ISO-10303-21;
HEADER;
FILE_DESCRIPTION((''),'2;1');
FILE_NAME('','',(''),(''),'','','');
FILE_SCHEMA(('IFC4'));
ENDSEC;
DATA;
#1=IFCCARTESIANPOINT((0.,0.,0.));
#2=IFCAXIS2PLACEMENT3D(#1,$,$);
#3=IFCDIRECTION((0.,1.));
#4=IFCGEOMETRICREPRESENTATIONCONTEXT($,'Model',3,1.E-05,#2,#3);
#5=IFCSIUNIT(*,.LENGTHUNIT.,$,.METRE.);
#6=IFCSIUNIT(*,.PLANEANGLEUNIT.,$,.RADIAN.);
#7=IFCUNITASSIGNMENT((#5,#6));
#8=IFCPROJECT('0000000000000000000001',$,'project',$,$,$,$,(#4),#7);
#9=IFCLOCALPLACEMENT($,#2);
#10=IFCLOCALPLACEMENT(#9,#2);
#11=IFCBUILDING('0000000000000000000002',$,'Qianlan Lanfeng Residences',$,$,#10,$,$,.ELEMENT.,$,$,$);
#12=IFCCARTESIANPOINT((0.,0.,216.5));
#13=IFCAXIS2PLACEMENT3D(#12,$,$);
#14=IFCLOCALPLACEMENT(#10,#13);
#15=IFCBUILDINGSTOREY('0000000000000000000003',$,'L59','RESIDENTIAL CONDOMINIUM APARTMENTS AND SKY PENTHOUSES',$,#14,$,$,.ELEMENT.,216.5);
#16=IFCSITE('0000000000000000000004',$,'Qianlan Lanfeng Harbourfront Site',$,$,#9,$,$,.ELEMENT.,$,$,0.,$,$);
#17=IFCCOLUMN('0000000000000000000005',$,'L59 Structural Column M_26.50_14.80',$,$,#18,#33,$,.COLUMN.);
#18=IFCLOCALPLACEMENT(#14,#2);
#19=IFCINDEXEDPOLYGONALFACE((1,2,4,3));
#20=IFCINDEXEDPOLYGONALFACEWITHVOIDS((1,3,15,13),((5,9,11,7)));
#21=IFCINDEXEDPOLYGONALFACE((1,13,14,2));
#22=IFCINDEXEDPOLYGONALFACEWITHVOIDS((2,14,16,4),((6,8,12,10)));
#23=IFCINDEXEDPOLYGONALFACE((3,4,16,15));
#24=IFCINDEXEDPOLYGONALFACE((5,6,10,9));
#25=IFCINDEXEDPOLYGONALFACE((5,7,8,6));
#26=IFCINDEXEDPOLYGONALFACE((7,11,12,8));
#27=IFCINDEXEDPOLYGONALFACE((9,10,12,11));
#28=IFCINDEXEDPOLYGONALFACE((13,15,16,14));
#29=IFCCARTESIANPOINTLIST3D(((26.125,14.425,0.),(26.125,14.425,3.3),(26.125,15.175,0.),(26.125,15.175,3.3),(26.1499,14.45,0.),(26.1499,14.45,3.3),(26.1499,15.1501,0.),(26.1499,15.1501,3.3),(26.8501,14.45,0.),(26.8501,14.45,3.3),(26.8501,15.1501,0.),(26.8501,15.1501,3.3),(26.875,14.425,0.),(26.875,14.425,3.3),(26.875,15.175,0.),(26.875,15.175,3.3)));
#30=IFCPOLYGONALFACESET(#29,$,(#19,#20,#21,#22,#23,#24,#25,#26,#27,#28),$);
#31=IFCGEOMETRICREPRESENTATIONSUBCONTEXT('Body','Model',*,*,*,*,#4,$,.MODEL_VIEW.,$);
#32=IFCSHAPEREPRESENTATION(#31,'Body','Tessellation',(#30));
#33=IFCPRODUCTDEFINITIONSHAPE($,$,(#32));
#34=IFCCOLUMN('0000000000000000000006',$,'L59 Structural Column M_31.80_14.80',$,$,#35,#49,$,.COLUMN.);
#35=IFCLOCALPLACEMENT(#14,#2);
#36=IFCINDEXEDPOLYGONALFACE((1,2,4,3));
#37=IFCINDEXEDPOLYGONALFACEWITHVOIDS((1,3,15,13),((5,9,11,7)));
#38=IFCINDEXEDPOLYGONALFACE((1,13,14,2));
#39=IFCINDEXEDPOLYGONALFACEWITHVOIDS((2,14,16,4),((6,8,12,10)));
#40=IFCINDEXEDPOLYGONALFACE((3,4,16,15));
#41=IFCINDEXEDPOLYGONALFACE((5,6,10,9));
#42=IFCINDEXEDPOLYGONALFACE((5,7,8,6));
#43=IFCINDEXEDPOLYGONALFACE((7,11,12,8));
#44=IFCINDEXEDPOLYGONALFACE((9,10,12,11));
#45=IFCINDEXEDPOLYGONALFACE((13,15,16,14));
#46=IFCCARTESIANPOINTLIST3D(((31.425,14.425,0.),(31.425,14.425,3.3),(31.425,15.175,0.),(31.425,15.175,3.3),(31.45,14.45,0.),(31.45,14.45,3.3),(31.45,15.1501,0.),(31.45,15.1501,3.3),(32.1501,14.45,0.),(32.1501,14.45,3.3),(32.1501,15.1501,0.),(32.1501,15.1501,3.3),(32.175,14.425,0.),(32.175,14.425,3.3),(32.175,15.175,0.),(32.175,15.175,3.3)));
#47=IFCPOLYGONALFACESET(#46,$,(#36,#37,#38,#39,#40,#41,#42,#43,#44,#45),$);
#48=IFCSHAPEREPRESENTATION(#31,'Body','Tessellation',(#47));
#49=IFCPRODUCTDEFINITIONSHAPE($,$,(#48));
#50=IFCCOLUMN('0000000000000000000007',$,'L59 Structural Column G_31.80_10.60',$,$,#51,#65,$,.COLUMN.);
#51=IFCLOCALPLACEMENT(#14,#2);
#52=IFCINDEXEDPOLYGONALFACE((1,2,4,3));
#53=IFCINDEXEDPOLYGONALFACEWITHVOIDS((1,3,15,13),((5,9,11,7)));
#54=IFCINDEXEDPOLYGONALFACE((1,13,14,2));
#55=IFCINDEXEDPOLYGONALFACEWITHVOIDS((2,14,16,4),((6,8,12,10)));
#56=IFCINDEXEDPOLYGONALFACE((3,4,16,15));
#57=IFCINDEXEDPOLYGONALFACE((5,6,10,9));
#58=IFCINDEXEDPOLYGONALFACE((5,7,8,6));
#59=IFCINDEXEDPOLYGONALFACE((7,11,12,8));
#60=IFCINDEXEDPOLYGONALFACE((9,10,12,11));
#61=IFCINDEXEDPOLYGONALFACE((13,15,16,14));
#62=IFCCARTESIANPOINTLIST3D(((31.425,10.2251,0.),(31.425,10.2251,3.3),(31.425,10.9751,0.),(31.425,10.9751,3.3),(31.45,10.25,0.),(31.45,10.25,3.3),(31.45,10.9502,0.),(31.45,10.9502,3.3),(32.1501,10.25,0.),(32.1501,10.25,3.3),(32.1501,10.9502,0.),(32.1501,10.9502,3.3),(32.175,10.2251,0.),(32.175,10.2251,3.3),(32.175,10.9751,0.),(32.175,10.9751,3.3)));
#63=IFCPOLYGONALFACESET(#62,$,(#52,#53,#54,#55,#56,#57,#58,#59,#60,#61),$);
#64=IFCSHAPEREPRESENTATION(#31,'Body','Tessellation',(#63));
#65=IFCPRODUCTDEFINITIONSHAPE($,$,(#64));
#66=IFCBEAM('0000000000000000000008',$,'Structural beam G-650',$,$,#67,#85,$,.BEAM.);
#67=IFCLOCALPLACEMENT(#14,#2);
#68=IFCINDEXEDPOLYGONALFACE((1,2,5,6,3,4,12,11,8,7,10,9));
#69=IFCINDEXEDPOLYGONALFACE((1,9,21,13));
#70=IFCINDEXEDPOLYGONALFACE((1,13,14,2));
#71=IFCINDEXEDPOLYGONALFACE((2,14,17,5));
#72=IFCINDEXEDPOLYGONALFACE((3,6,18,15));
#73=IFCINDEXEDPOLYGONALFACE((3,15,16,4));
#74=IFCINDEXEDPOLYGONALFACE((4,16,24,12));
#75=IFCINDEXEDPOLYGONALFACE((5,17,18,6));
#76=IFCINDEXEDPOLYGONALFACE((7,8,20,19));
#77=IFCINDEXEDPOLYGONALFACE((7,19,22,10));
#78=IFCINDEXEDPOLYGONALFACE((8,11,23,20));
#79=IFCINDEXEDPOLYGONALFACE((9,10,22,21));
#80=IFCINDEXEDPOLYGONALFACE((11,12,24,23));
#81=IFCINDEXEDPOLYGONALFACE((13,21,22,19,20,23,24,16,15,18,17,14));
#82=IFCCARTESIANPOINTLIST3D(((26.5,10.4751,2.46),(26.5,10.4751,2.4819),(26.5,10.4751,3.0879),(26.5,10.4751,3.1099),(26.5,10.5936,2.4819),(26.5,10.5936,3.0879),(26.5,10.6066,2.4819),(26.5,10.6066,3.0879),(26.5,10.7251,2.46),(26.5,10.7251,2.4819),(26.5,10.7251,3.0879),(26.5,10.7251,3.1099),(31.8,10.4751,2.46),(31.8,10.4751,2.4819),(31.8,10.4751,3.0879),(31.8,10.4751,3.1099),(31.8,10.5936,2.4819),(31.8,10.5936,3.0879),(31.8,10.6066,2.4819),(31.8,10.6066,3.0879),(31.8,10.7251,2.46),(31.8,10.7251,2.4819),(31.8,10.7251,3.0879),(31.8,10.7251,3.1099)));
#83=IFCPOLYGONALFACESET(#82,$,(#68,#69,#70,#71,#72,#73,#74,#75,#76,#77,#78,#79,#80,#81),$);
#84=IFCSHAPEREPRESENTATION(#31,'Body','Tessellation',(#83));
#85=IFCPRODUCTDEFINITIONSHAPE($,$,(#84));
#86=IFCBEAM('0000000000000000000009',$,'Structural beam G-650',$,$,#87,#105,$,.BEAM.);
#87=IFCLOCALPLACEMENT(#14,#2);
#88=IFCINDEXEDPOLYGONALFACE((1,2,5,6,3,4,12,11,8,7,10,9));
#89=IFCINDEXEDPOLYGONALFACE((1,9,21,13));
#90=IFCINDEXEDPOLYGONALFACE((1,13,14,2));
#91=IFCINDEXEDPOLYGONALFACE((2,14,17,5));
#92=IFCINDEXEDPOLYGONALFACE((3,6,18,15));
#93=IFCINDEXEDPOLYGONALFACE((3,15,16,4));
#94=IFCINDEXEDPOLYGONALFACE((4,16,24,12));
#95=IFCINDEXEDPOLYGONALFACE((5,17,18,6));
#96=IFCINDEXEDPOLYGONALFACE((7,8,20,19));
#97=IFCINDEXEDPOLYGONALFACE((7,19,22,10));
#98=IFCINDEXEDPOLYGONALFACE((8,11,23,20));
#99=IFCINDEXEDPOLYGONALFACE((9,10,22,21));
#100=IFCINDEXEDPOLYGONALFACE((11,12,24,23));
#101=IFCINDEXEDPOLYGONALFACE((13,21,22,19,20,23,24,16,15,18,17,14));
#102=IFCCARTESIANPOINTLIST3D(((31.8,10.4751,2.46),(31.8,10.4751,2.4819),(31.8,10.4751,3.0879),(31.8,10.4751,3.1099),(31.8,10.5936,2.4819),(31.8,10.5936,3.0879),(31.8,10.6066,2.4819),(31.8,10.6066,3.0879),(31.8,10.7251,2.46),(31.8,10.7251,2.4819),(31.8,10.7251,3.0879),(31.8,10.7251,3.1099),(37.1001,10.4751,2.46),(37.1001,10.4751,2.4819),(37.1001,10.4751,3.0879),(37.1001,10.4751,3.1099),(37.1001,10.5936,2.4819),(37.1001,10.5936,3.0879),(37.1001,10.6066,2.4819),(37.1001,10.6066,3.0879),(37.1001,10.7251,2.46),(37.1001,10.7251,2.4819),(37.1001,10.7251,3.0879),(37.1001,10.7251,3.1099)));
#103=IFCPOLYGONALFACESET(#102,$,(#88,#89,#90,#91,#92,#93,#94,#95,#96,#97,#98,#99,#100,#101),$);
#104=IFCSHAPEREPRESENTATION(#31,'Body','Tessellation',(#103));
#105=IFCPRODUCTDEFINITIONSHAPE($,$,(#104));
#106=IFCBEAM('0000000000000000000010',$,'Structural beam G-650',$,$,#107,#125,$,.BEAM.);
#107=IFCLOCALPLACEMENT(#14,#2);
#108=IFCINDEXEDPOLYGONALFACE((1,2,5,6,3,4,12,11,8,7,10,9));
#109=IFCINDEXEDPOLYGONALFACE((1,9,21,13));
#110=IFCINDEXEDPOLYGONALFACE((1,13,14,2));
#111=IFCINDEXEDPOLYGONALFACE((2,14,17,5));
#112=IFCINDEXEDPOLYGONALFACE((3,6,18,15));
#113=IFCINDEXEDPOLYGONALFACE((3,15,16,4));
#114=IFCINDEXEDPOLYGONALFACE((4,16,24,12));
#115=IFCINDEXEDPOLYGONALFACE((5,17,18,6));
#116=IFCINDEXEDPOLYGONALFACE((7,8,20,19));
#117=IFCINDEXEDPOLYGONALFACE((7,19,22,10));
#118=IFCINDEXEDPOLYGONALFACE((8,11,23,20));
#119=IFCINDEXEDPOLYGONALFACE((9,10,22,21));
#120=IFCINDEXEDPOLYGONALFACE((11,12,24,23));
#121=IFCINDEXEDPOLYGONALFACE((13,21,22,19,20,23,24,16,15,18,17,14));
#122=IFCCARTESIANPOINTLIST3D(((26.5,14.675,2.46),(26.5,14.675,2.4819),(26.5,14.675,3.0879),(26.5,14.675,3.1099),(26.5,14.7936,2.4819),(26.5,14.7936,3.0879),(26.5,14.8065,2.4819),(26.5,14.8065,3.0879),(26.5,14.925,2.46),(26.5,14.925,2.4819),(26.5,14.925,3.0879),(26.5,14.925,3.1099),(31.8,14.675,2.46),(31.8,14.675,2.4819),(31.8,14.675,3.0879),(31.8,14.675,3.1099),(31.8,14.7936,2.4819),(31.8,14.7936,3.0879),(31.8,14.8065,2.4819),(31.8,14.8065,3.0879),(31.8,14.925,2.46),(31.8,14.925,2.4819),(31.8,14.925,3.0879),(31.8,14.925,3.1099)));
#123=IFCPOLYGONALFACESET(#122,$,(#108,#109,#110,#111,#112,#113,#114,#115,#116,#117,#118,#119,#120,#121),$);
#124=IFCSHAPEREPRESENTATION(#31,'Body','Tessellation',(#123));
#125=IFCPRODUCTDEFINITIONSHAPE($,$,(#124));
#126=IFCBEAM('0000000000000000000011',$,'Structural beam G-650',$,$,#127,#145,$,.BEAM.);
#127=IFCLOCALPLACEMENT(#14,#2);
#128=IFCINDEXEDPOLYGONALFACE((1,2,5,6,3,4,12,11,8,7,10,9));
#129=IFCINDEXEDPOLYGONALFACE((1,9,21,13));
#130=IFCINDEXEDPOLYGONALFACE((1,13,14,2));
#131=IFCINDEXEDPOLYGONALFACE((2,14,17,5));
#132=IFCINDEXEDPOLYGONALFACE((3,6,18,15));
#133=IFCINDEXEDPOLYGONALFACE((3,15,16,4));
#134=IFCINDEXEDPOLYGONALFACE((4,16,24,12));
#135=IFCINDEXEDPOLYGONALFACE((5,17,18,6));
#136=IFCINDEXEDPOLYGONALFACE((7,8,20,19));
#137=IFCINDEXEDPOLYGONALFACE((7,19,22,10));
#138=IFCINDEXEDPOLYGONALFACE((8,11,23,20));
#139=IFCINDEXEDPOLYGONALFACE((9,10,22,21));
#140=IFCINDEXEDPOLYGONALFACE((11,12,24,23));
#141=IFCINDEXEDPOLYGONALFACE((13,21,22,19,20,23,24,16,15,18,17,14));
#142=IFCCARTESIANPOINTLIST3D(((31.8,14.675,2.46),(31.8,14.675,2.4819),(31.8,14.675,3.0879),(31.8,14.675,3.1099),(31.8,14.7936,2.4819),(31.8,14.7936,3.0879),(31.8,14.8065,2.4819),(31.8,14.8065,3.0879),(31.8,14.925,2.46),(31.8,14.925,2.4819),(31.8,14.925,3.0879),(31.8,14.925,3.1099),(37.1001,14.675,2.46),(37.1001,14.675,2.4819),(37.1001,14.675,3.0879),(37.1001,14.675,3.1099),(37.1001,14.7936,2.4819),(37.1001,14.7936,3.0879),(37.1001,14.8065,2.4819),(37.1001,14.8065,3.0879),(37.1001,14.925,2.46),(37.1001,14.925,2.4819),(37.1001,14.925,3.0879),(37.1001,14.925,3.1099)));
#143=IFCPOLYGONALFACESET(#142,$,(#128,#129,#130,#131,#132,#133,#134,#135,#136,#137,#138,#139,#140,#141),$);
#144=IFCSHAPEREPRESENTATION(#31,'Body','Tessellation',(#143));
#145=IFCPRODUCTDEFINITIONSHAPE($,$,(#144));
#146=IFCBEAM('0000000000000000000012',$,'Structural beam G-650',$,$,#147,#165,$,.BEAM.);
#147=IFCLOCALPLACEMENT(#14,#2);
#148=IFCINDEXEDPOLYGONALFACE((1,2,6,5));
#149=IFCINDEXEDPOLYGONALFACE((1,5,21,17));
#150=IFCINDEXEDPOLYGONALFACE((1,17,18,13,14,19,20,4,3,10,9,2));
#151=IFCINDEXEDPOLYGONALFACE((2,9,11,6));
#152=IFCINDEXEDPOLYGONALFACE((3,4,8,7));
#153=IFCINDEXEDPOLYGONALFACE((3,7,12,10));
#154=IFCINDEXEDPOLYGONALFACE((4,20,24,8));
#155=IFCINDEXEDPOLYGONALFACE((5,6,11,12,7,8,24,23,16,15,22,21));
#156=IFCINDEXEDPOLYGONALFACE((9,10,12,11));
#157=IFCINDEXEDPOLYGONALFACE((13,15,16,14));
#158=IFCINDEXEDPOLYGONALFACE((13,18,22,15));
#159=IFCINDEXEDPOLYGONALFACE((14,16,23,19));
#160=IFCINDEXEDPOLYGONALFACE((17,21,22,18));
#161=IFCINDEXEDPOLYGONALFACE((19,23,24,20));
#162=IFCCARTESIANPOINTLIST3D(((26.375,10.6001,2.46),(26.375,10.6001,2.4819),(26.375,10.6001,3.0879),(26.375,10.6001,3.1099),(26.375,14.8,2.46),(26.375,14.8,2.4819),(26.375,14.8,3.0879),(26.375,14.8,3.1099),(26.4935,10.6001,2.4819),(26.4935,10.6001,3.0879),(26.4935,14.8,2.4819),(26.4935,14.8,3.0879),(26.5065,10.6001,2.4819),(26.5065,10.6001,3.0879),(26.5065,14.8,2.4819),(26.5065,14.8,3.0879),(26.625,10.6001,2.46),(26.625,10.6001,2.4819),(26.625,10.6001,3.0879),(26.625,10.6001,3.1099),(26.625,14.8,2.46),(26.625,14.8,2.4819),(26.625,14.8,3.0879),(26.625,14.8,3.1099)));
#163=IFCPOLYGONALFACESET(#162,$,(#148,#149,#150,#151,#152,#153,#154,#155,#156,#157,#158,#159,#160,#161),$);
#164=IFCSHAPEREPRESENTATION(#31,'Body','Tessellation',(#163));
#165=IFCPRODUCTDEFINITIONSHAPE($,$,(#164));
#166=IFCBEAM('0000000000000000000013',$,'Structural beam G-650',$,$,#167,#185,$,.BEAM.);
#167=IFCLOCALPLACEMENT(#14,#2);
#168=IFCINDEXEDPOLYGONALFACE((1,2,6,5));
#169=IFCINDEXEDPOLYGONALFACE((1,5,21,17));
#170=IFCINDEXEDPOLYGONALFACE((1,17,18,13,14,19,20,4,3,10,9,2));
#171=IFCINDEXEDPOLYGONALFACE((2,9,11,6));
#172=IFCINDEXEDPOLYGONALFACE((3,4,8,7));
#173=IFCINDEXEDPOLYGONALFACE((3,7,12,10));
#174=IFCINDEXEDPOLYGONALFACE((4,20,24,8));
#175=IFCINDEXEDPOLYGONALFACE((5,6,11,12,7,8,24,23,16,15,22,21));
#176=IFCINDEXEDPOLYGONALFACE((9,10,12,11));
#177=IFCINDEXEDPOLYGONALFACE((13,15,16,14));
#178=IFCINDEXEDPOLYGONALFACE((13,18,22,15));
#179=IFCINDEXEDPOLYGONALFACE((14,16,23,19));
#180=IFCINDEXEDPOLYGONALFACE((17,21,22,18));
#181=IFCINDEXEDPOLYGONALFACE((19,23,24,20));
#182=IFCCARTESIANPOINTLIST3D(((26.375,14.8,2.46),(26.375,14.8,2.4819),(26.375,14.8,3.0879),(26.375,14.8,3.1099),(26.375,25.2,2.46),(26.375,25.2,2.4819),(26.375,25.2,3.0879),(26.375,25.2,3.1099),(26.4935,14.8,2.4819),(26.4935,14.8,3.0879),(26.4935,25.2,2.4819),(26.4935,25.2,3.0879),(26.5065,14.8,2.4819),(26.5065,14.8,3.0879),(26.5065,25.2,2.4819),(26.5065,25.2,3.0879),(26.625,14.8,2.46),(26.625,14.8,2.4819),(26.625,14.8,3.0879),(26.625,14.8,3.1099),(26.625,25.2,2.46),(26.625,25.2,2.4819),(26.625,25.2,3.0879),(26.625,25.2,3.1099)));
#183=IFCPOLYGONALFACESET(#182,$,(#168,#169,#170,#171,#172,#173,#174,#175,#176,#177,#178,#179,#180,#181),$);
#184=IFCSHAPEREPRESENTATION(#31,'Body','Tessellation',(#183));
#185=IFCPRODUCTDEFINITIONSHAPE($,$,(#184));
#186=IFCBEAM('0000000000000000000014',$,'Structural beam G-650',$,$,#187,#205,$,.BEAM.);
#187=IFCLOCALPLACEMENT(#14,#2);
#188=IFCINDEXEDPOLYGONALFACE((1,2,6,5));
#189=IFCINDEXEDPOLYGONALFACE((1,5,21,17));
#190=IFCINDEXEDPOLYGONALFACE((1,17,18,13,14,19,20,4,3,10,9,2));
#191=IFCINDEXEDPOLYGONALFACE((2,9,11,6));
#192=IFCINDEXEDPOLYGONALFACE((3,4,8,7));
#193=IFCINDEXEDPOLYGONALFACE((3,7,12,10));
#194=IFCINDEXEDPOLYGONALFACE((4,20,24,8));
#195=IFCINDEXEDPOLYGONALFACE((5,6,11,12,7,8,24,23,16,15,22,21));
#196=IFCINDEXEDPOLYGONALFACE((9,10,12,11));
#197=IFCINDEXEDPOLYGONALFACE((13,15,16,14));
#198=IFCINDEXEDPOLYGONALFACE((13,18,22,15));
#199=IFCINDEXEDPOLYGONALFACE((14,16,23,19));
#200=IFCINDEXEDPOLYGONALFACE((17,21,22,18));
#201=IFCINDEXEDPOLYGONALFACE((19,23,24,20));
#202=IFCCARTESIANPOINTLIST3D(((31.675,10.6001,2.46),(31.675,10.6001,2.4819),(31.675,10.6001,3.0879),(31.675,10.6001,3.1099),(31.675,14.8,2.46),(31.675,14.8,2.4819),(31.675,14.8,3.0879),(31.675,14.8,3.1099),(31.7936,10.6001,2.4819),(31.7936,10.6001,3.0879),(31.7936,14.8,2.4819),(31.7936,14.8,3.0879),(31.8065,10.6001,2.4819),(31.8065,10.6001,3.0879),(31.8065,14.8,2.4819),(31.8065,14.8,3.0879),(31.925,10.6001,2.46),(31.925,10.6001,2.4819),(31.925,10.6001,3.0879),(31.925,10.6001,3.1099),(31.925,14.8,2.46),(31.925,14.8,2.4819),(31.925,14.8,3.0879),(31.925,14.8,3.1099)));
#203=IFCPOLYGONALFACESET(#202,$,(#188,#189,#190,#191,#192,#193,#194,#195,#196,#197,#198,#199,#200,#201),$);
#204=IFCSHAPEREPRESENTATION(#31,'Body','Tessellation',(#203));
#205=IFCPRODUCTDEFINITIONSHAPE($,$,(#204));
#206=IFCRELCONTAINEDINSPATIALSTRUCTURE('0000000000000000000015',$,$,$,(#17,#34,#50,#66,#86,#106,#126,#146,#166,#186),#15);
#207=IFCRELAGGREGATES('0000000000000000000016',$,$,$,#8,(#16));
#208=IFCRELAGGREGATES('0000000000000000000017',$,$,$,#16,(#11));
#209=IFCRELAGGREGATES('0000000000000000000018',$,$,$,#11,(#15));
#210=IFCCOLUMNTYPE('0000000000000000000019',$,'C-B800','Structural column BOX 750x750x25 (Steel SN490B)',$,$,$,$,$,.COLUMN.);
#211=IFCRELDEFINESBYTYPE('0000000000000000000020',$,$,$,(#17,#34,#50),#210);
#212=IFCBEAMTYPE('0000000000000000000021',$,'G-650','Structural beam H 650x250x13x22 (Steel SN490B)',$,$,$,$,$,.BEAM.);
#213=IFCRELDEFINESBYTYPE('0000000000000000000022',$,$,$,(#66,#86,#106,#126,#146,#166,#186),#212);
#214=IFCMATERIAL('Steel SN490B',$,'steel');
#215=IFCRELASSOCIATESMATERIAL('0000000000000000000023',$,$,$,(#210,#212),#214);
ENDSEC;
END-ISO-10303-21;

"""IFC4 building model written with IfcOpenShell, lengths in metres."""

from ifc_helpers import new_model, si_unit, direction, frame, origin, origin_2d, place, context, subcontext, project, spatial, hollow_rectangle, i_section, extrude, material, material_profile, profile_set, type_object, element, save


model = new_model("IFC4")

# Units and contexts
model_context = context("Model", 3, precision=1e-05, world=origin(), true_north=direction((0.0, 1.0)))
body_context = subcontext(model_context, "Body", "Model", "MODEL_VIEW")
ifc_project = project(units=[si_unit("LENGTHUNIT", "METRE"), si_unit("PLANEANGLEUNIT", "RADIAN")], contexts=[model_context])

# Site, building, storey
site_placement = place(None, origin())
site = spatial("IfcSite", under=ifc_project, at=site_placement, Name="Qianlan Lanfeng Harbourfront Site", CompositionType="ELEMENT", RefElevation=0.0)
building_placement = place(site_placement, origin())
building = spatial("IfcBuilding", under=site, at=building_placement, Name="Qianlan Lanfeng Residences", CompositionType="ELEMENT")
storey_placement = place(building_placement, frame((0.0, 0.0, 216.5)))
storey = spatial("IfcBuildingStorey", under=building, at=storey_placement, Name="L59", Description="RESIDENTIAL CONDOMINIUM APARTMENTS AND SKY PENTHOUSES", CompositionType="ELEMENT", Elevation=216.5)

# Columns
ifc_material_1 = material(Name="Steel SN490B", Category="steel")
ifc_material_profile_1 = material_profile(ifc_material_1, hollow_rectangle(XDim=0.75, YDim=0.75, WallThickness=0.0249, at=origin_2d()), Name="BOX 750x750x25")
ifc_profile_set_1 = profile_set([ifc_material_profile_1], Name="Steel SN490B")
column_type = type_object("IfcColumnType", Name="C-B800", Description="Structural column BOX 750x750x25 (Steel SN490B)", PredefinedType="COLUMN", material=ifc_profile_set_1)
for number, where, z_axis, x_axis, name in (
    (1, (26.5, 14.8, 0.0), (0.0, 0.0, 1.0), (1.0, 0.0, 0.0), "L59 Structural Column M_26.50_14.80"),
    (2, (31.8, 14.8, 0.0), (0.0, 0.0, 1.0), (1.0, 0.0, 0.0), "L59 Structural Column M_31.80_14.80"),
    (3, (31.8, 10.6001, 0.0), (0.0, 0.0, 1.0), (1.0, 0.0, 0.0), "L59 Structural Column G_31.80_10.60"),
):
    element("IfcColumn", number, at=place(storey_placement, frame(where, z_axis=z_axis, x_axis=x_axis)), inside=storey, type_object=column_type, Name=name, PredefinedType="COLUMN", context=body_context, shape_type="SweptSolid", body=[
        extrude(hollow_rectangle(XDim=0.75, YDim=0.75, WallThickness=0.0249, at=origin_2d()), origin(), (0.0, 0.0, 1.0), 3.3),
    ])

# Beams
ifc_material_profile_2 = material_profile(ifc_material_1, i_section(OverallWidth=0.25, OverallDepth=0.6499, WebThickness=0.0129, FlangeThickness=0.022, at=origin_2d()), Name="H 650x250x13x22")
ifc_profile_set_2 = profile_set([ifc_material_profile_2], Name="Steel SN490B")
beam_type_1 = type_object("IfcBeamType", Name="G-650", Description="Structural beam H 650x250x13x22 (Steel SN490B)", PredefinedType="BEAM", material=ifc_profile_set_2)
for number, where, z_axis, x_axis, name in (
    (4, (26.5, 10.6001, 2.7849), (1.0, 0.0, 0.0), (0.0, 1.0, 0.0), "Structural beam G-650"),
    (5, (31.8, 10.6001, 2.7849), (1.0, 0.0, 0.0), (0.0, 1.0, 0.0), "Structural beam G-650"),
    (6, (26.5, 14.8, 2.7849), (1.0, 0.0, 0.0), (0.0, 1.0, 0.0), "Structural beam G-650"),
    (7, (31.8, 14.8, 2.7849), (1.0, 0.0, 0.0), (0.0, 1.0, 0.0), "Structural beam G-650"),
):
    element("IfcBeam", number, at=place(storey_placement, frame(where, z_axis=z_axis, x_axis=x_axis)), inside=storey, type_object=beam_type_1, Name=name, PredefinedType="BEAM", context=body_context, shape_type="SweptSolid", body=[
        extrude(i_section(OverallWidth=0.25, OverallDepth=0.6499, WebThickness=0.0129, FlangeThickness=0.022, at=origin_2d()), origin(), (0.0, 0.0, 1.0), 5.3),
    ])
beam_1_placement = place(storey_placement, frame((26.5, 10.6001, 2.7849), z_axis=(0.0, 1.0, 0.0), x_axis=(-1.0, 0.0, 0.0)))
element("IfcBeam", 8, at=beam_1_placement, inside=storey, type_object=beam_type_1, Name="Structural beam G-650", PredefinedType="BEAM", context=body_context, shape_type="SweptSolid", body=[
    extrude(i_section(OverallWidth=0.25, OverallDepth=0.6499, WebThickness=0.0129, FlangeThickness=0.022, at=origin_2d()), origin(), (0.0, 0.0, 1.0), 4.2),
])
beam_2_placement = place(storey_placement, frame((26.5, 14.8, 2.7849), z_axis=(0.0, 1.0, 0.0), x_axis=(-1.0, 0.0, 0.0)))
element("IfcBeam", 9, at=beam_2_placement, inside=storey, type_object=beam_type_1, Name="Structural beam G-650", PredefinedType="BEAM", context=body_context, shape_type="SweptSolid", body=[
    extrude(i_section(OverallWidth=0.25, OverallDepth=0.6499, WebThickness=0.0129, FlangeThickness=0.022, at=origin_2d()), origin(), (0.0, 0.0, 1.0), 10.3999),
])
beam_3_placement = place(storey_placement, frame((31.8, 10.6001, 2.7849), z_axis=(0.0, 1.0, 0.0), x_axis=(-1.0, 0.0, 0.0)))
element("IfcBeam", 10, at=beam_3_placement, inside=storey, type_object=beam_type_1, Name="Structural beam G-650", PredefinedType="BEAM", context=body_context, shape_type="SweptSolid", body=[
    extrude(i_section(OverallWidth=0.25, OverallDepth=0.6499, WebThickness=0.0129, FlangeThickness=0.022, at=origin_2d()), origin(), (0.0, 0.0, 1.0), 4.2),
])

save(model, "model.ifc")
